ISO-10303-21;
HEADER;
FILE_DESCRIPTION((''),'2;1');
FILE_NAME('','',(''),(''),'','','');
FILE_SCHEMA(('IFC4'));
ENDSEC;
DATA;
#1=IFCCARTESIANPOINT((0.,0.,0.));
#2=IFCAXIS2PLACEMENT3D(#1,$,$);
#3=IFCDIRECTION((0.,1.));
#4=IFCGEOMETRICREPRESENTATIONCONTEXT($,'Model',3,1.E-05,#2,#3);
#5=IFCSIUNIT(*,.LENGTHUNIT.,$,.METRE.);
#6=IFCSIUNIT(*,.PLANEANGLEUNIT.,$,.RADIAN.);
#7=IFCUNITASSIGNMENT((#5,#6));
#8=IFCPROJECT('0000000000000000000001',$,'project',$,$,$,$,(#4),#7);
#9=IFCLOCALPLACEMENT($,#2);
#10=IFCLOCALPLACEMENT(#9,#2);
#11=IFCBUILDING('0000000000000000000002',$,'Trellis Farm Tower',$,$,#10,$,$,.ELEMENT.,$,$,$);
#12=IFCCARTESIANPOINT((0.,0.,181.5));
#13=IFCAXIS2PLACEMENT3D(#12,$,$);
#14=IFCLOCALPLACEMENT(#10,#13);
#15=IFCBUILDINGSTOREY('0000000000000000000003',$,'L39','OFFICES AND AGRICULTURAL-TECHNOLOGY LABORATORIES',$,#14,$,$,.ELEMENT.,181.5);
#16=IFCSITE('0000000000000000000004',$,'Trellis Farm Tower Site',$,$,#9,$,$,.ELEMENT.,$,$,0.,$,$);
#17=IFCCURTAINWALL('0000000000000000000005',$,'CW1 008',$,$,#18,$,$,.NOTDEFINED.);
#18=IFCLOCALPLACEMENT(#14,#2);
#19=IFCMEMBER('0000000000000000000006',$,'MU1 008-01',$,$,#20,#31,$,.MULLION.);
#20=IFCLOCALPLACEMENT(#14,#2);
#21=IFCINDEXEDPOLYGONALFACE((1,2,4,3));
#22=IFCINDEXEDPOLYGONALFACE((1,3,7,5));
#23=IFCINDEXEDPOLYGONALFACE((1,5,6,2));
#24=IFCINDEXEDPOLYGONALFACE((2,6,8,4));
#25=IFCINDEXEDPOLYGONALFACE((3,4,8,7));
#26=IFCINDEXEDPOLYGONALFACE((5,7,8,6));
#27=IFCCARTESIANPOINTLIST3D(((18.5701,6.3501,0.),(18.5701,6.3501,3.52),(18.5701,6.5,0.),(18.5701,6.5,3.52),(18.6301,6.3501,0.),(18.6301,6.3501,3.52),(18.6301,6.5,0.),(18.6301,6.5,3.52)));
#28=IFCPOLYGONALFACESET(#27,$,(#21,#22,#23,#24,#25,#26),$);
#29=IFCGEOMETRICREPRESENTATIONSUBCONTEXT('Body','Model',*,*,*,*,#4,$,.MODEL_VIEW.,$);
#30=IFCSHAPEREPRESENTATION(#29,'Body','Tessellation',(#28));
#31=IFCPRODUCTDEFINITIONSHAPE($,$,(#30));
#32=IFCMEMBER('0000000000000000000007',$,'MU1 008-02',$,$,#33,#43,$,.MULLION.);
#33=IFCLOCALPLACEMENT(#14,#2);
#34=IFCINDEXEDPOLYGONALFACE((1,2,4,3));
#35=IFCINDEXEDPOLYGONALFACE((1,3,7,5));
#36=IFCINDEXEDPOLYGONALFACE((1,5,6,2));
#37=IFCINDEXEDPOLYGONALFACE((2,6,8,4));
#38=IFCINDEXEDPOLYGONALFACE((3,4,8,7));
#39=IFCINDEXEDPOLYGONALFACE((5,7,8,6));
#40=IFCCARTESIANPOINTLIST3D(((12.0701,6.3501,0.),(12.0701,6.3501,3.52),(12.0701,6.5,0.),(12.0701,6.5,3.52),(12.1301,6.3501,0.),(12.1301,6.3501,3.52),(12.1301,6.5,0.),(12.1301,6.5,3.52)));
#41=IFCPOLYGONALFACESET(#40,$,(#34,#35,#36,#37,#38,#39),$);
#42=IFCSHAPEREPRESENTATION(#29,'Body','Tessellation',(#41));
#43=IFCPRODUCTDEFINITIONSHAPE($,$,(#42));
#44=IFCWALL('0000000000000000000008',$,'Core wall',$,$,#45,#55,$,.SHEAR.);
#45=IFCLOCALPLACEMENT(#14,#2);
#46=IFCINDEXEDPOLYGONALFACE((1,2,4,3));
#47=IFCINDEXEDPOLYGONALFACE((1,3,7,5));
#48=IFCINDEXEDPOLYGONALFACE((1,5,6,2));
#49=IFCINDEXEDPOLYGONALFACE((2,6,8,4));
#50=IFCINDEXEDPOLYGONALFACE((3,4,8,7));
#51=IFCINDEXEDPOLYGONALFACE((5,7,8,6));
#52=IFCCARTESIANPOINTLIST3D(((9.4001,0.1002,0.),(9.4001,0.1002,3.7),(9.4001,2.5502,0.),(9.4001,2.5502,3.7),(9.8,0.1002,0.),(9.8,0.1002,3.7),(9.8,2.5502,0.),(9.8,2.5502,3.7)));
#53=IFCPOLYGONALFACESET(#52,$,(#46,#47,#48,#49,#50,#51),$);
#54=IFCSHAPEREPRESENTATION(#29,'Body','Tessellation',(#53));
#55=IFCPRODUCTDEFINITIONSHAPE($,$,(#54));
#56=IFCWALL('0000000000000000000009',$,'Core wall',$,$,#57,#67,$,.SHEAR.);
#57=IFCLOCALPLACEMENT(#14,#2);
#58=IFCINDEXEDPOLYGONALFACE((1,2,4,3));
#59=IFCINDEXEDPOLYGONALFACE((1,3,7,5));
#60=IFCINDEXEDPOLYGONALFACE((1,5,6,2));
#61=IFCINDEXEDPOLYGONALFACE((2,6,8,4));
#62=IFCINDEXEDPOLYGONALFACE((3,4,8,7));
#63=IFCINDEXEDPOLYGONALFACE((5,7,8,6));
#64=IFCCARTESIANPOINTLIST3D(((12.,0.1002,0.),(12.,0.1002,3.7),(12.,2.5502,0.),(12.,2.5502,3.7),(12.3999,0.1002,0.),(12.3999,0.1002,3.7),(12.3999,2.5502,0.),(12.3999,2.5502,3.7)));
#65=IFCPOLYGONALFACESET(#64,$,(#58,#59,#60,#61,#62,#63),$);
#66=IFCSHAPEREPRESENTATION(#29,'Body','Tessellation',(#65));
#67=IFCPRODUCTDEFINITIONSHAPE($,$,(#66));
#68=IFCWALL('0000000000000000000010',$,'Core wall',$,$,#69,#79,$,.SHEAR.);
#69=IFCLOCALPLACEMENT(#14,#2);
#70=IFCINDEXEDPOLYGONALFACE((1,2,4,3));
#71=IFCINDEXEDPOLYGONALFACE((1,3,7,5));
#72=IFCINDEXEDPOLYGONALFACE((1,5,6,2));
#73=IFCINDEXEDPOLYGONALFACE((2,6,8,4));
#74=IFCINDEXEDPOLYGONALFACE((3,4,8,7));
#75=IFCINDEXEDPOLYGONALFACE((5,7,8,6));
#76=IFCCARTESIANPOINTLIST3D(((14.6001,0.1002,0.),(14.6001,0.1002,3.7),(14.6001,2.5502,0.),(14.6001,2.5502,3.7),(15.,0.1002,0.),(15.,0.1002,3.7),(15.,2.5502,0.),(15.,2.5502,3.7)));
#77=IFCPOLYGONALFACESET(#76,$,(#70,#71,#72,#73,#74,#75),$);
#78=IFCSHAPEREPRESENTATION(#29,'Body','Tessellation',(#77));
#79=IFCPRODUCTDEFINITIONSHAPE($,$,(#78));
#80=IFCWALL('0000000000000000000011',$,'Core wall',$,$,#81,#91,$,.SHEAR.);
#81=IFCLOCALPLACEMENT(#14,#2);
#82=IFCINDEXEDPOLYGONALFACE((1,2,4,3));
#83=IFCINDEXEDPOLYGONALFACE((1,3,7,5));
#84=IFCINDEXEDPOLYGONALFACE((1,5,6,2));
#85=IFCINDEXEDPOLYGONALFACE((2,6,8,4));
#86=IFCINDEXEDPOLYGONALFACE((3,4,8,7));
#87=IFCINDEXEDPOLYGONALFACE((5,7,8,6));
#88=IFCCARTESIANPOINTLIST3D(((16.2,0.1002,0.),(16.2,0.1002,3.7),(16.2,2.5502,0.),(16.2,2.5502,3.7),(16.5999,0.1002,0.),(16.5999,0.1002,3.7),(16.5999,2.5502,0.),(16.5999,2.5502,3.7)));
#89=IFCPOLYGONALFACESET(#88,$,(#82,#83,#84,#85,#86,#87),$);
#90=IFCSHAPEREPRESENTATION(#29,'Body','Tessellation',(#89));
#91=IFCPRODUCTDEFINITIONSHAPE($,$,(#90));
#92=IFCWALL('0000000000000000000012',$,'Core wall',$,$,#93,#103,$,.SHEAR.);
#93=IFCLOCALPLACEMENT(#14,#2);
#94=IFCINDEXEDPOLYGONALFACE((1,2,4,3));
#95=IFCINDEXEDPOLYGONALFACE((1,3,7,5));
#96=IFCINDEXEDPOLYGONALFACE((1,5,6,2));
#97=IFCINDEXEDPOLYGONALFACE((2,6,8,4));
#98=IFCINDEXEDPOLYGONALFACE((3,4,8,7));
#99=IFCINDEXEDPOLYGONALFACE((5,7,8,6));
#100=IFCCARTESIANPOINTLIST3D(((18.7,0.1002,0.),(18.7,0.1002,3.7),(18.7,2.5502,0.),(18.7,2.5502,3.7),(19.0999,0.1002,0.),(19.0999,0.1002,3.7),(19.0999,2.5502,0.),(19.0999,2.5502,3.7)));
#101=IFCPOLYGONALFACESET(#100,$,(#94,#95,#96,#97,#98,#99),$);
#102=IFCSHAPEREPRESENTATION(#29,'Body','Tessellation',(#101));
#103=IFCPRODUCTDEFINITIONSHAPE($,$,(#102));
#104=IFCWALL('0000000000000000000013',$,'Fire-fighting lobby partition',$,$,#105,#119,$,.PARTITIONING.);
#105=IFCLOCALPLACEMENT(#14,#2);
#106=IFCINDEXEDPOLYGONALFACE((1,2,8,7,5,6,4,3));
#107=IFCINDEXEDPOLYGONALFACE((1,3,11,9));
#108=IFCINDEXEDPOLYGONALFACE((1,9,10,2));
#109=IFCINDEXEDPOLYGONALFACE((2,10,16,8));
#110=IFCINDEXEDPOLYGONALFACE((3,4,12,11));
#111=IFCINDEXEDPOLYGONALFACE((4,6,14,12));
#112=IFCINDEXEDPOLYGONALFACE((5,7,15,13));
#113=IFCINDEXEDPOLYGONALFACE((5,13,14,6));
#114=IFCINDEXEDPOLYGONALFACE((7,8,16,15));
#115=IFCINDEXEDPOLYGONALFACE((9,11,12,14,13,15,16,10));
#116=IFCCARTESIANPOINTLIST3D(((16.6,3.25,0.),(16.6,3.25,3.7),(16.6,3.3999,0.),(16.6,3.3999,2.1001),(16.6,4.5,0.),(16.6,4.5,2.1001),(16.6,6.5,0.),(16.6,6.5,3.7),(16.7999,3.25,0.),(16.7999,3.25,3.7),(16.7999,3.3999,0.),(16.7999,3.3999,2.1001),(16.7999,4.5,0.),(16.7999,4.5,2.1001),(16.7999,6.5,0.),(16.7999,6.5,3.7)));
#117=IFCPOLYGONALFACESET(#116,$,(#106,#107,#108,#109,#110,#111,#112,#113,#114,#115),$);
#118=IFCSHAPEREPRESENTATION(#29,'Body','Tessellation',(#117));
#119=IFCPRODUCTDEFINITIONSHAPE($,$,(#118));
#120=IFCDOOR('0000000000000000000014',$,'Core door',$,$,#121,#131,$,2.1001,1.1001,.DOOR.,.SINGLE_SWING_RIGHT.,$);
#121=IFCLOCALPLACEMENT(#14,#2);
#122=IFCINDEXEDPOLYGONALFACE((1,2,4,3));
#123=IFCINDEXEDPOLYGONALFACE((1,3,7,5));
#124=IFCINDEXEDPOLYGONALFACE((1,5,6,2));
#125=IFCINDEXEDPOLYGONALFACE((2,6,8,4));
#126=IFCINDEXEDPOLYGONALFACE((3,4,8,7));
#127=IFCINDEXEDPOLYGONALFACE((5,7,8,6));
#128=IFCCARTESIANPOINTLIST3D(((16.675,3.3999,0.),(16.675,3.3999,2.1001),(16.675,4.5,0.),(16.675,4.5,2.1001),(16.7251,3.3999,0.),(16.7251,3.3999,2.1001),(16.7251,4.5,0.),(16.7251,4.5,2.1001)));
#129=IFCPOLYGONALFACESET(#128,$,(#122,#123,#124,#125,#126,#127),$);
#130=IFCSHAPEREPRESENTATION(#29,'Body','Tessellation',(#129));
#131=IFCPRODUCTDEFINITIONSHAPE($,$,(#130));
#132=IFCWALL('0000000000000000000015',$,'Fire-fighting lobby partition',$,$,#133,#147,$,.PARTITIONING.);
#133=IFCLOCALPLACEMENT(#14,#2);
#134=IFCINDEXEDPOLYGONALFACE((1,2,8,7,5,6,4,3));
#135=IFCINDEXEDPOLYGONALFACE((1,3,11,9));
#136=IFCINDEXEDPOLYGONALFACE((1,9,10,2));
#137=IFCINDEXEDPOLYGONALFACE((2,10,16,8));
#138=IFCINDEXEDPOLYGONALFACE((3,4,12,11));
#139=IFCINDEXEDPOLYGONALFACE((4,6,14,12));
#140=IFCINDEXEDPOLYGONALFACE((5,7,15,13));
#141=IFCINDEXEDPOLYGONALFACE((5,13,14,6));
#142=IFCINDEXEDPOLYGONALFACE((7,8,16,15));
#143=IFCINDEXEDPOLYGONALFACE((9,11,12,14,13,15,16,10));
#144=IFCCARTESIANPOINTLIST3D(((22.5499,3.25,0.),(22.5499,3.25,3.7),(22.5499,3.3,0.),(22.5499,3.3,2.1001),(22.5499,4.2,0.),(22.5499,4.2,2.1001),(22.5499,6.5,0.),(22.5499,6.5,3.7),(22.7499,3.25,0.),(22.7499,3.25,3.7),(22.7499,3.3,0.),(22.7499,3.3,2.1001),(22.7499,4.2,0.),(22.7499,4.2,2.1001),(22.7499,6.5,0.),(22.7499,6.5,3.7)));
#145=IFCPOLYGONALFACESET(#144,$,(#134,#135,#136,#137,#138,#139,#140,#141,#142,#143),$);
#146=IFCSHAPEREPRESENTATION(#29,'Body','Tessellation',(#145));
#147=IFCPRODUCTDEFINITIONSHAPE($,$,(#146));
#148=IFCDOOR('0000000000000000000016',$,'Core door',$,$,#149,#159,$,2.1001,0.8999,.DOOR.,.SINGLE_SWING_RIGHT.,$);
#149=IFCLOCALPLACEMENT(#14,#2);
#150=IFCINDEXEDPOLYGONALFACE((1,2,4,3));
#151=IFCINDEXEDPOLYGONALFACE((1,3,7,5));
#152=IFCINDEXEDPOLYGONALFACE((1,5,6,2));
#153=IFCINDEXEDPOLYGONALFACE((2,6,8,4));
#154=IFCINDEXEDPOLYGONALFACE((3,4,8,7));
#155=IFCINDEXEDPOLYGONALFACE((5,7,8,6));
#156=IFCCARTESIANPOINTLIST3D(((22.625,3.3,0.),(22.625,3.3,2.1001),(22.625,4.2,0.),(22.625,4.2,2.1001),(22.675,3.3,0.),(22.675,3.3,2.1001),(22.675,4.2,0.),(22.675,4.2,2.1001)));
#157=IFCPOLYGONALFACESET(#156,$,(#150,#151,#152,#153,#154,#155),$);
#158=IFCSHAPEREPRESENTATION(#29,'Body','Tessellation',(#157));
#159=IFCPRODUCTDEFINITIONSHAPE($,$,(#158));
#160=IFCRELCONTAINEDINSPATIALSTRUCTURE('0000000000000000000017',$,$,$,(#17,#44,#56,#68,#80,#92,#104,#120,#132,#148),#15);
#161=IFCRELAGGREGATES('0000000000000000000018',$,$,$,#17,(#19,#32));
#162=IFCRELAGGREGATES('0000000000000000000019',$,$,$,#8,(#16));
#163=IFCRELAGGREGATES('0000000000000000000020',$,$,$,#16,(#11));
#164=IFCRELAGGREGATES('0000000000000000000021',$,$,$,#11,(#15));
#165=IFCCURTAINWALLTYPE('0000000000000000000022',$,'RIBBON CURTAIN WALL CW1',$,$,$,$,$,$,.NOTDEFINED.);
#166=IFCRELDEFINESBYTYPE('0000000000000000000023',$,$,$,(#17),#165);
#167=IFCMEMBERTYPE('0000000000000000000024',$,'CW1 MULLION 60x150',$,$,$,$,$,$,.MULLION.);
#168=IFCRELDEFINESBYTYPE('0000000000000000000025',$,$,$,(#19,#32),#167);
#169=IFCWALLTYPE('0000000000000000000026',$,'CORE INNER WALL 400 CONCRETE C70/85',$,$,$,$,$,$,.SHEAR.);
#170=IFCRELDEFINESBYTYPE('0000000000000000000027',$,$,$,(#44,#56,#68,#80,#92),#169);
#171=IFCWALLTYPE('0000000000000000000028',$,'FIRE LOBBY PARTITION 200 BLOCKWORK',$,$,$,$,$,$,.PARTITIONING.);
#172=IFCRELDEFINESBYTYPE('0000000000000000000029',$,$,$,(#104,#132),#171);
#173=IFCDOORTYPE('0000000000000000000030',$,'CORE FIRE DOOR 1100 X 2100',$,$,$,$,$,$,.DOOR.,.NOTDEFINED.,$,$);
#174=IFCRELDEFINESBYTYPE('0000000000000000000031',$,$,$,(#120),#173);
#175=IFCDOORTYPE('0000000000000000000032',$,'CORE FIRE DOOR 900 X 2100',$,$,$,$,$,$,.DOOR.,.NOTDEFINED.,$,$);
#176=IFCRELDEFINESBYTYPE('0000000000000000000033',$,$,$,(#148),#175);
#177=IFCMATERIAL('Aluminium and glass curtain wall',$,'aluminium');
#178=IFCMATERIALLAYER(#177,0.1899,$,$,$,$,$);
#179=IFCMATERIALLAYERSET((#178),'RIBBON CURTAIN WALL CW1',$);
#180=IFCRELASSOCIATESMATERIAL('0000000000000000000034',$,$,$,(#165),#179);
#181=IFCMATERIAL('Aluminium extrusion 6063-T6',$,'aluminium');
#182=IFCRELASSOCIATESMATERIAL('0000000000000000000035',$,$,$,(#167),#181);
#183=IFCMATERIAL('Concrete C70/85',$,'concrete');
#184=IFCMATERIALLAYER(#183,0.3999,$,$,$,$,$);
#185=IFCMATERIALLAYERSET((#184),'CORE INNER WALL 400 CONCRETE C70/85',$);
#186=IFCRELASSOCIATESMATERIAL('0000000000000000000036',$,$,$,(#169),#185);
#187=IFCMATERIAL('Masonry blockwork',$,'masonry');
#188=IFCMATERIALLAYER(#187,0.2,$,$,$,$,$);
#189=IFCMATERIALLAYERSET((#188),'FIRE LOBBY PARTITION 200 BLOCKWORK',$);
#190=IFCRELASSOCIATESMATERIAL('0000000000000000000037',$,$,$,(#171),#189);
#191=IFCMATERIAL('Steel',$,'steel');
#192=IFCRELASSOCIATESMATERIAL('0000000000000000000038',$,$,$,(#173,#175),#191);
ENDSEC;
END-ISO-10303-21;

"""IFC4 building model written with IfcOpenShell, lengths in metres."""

from ifc_helpers import new_model, si_unit, direction, frame, frame_2d, origin, origin_2d, place, context, subcontext, project, spatial, rectangle, extrude, source, transform, mapped, material, layer, layer_set, material_profile, profile_set, type_object, element, fill, aggregate, save


model = new_model("IFC4")

# Units and contexts
model_context = context("Model", 3, precision=1e-05, world=origin(), true_north=direction((0.0, 1.0)))
body_context = subcontext(model_context, "Body", "Model", "MODEL_VIEW")
ifc_project = project(units=[si_unit("LENGTHUNIT", "METRE"), si_unit("PLANEANGLEUNIT", "RADIAN")], contexts=[model_context])

# Site, building, storey
site_placement = place(None, origin())
site = spatial("IfcSite", under=ifc_project, at=site_placement, Name="Trellis Farm Tower Site", CompositionType="ELEMENT", RefElevation=0.0)
building_placement = place(site_placement, origin())
building = spatial("IfcBuilding", under=site, at=building_placement, Name="Trellis Farm Tower", CompositionType="ELEMENT")
storey_placement = place(building_placement, frame((0.0, 0.0, 181.5)))
storey = spatial("IfcBuildingStorey", under=building, at=storey_placement, Name="L39", Description="OFFICES AND AGRICULTURAL-TECHNOLOGY LABORATORIES", CompositionType="ELEMENT", Elevation=181.5)

# Shared definitions
ifc_material_1 = material(Name="Concrete C70/85", Category="concrete")

# Curtain wall, members
ifc_material_2 = material(Name="Aluminium and glass curtain wall", Category="aluminium")
ifc_layer_1 = layer(ifc_material_2, 0.1899)
ifc_layer_set_1 = layer_set([ifc_layer_1], Name="RIBBON CURTAIN WALL CW1")
curtain_wall_type = type_object("IfcCurtainWallType", Name="RIBBON CURTAIN WALL CW1", PredefinedType="NOTDEFINED", material=ifc_layer_set_1)
placement = place(storey_placement, origin())
ifc_material_3 = material(Name="Aluminium extrusion 6063-T6", Category="aluminium")
ifc_material_profile_1 = material_profile(ifc_material_3, rectangle(XDim=0.0601, YDim=0.1499, at=origin_2d()), Name="MULLION 60x150")
ifc_profile_set_1 = profile_set([ifc_material_profile_1], Name="Aluminium extrusion 6063-T6")
member_type = type_object("IfcMemberType", Name="CW1 MULLION 60x150", PredefinedType="MULLION", material=ifc_profile_set_1)
shared_shape_1 = source(origin(), body_context, "Body", "SweptSolid", [
    extrude(rectangle(XDim=0.0601, YDim=0.1499, at=origin_2d()), origin(), (0.0, 0.0, 1.0), 3.52),
])
curtain_wall_1 = element("IfcCurtainWall", 1, at=placement, inside=storey, type_object=curtain_wall_type, Name="CW1 008", PredefinedType="NOTDEFINED")
member_1_placement = place(storey_placement, frame((18.6001, 6.425, 0.0), z_axis=(0.0, 0.0, 1.0), x_axis=(-1.0, 0.0, 0.0)))
member_1 = element("IfcMember", 2, at=member_1_placement, type_object=member_type, Name="MU1 008-01", PredefinedType="MULLION", context=body_context, shape_type="MappedRepresentation", body=[
    mapped(shared_shape_1, transform((0.0, 0.0, 0.0))),
])
member_2_placement = place(storey_placement, frame((12.1001, 6.425, 0.0), z_axis=(0.0, 0.0, 1.0), x_axis=(-1.0, 0.0, 0.0)))
member_2 = element("IfcMember", 3, at=member_2_placement, type_object=member_type, Name="MU1 008-02", PredefinedType="MULLION", context=body_context, shape_type="MappedRepresentation", body=[
    mapped(shared_shape_1, transform((0.0, 0.0, 0.0))),
])
aggregate(curtain_wall_1, [member_1, member_2])

# Walls
ifc_layer_2 = layer(ifc_material_1, 0.3999)
ifc_layer_set_2 = layer_set([ifc_layer_2], Name="CORE INNER WALL 400 CONCRETE C70/85")
wall_type_1 = type_object("IfcWallType", Name="CORE INNER WALL 400 CONCRETE C70/85", PredefinedType="SHEAR", material=ifc_layer_set_2)
shared_shape_2 = source(origin(), body_context, "Body", "SweptSolid", [
    extrude(rectangle(XDim=2.45, YDim=0.3999, at=frame_2d((1.2251, 0.0))), origin(), (0.0, 0.0, 1.0), 3.7),
])
for number, where, z_axis, x_axis, name in (
    (4, (9.6001, 0.1001, 0.0), (0.0, 0.0, 1.0), (0.0, 1.0, 0.0), "Core wall"),
    (5, (12.2, 0.1001, 0.0), (0.0, 0.0, 1.0), (0.0, 1.0, 0.0), "Core wall"),
    (6, (14.8, 0.1001, 0.0), (0.0, 0.0, 1.0), (0.0, 1.0, 0.0), "Core wall"),
    (7, (16.3999, 0.1001, 0.0), (0.0, 0.0, 1.0), (0.0, 1.0, 0.0), "Core wall"),
    (8, (18.8999, 0.1001, 0.0), (0.0, 0.0, 1.0), (0.0, 1.0, 0.0), "Core wall"),
):
    element("IfcWall", number, at=place(storey_placement, frame(where, z_axis=z_axis, x_axis=x_axis)), inside=storey, type_object=wall_type_1, Name=name, PredefinedType="SHEAR", context=body_context, shape_type="MappedRepresentation", body=[
        mapped(shared_shape_2, transform((0.0, 0.0, 0.0))),
    ])

# Walls, openings, doors
ifc_material_4 = material(Name="Masonry blockwork", Category="masonry")
ifc_layer_3 = layer(ifc_material_4, 0.2)
ifc_layer_set_3 = layer_set([ifc_layer_3], Name="FIRE LOBBY PARTITION 200 BLOCKWORK")
wall_type_2 = type_object("IfcWallType", Name="FIRE LOBBY PARTITION 200 BLOCKWORK", PredefinedType="PARTITIONING", material=ifc_layer_set_3)
shared_shape_3 = source(origin(), body_context, "Body", "SweptSolid", [
    extrude(rectangle(XDim=3.25, YDim=0.2, at=frame_2d((1.625, 0.0))), origin(), (0.0, 0.0, 1.0), 3.7),
])
wall_1_placement = place(storey_placement, frame((16.7, 3.25, 0.0), z_axis=(0.0, 0.0, 1.0), x_axis=(0.0, 1.0, 0.0)))
wall_1 = element("IfcWall", 9, at=wall_1_placement, inside=storey, type_object=wall_type_2, Name="Fire-fighting lobby partition", PredefinedType="PARTITIONING", context=body_context, shape_type="MappedRepresentation", body=[
    mapped(shared_shape_3, transform((0.0, 0.0, 0.0))),
])
shared_shape_4 = source(origin(), body_context, "Body", "SweptSolid", [
    extrude(rectangle(XDim=1.1001, YDim=2.1001, at=frame_2d((0.55, 1.05))), frame((0.0, 0.1101, 0.0), z_axis=(0.0, -1.0, 0.0), x_axis=(1.0, 0.0, 0.0)), (0.0, 0.0, 1.0), 0.2202),
])
opening_1_placement = place(wall_1_placement, frame((0.1499, 0.0, 0.0)))
opening_1 = element("IfcOpeningElement", 10, at=opening_1_placement, cuts=wall_1, PredefinedType="OPENING", context=body_context, shape_type="MappedRepresentation", body=[
    mapped(shared_shape_4, transform((0.0, 0.0, 0.0))),
])
ifc_material_5 = material(Name="Steel", Category="steel")
door_type_1 = type_object("IfcDoorType", Name="CORE FIRE DOOR 1100 X 2100", OperationType="NOTDEFINED", PredefinedType="DOOR", material=ifc_material_5)
shared_shape_5 = source(origin(), body_context, "Body", "SweptSolid", [
    extrude(rectangle(XDim=1.1001, YDim=2.1001, at=frame_2d((0.55, 1.05))), frame((0.0, 0.0249, 0.0), z_axis=(0.0, -1.0, 0.0), x_axis=(1.0, 0.0, 0.0)), (0.0, 0.0, 1.0), 0.05),
])
door_1_placement = place(opening_1_placement, origin())
door_1 = element("IfcDoor", 11, at=door_1_placement, inside=storey, type_object=door_type_1, Name="Core door", OperationType="SINGLE_SWING_RIGHT", OverallHeight=2.1001, OverallWidth=1.1001, PredefinedType="DOOR", context=body_context, shape_type="MappedRepresentation", body=[
    mapped(shared_shape_5, transform((0.0, 0.0, 0.0))),
])
fill(opening_1, door_1)
wall_2_placement = place(storey_placement, frame((22.6499, 3.25, 0.0), z_axis=(0.0, 0.0, 1.0), x_axis=(0.0, 1.0, 0.0)))
wall_2 = element("IfcWall", 12, at=wall_2_placement, inside=storey, type_object=wall_type_2, Name="Fire-fighting lobby partition", PredefinedType="PARTITIONING", context=body_context, shape_type="MappedRepresentation", body=[
    mapped(shared_shape_3, transform((0.0, 0.0, 0.0))),
])
shared_shape_6 = source(origin(), body_context, "Body", "SweptSolid", [
    extrude(rectangle(XDim=0.8999, YDim=2.1001, at=frame_2d((0.45, 1.05))), frame((0.0, 0.1101, 0.0), z_axis=(0.0, -1.0, 0.0), x_axis=(1.0, 0.0, 0.0)), (0.0, 0.0, 1.0), 0.2202),
])
opening_2_placement = place(wall_2_placement, frame((0.05, 0.0, 0.0)))
opening_2 = element("IfcOpeningElement", 13, at=opening_2_placement, cuts=wall_2, PredefinedType="OPENING", context=body_context, shape_type="MappedRepresentation", body=[
    mapped(shared_shape_6, transform((0.0, 0.0, 0.0))),
])
door_type_2 = type_object("IfcDoorType", Name="CORE FIRE DOOR 900 X 2100", OperationType="NOTDEFINED", PredefinedType="DOOR", material=ifc_material_5)
shared_shape_7 = source(origin(), body_context, "Body", "SweptSolid", [
    extrude(rectangle(XDim=0.8999, YDim=2.1001, at=frame_2d((0.45, 1.05))), frame((0.0, 0.0249, 0.0), z_axis=(0.0, -1.0, 0.0), x_axis=(1.0, 0.0, 0.0)), (0.0, 0.0, 1.0), 0.05),
])
door_2_placement = place(opening_2_placement, origin())
door_2 = element("IfcDoor", 14, at=door_2_placement, inside=storey, type_object=door_type_2, Name="Core door", OperationType="SINGLE_SWING_RIGHT", OverallHeight=2.1001, OverallWidth=0.8999, PredefinedType="DOOR", context=body_context, shape_type="MappedRepresentation", body=[
    mapped(shared_shape_7, transform((0.0, 0.0, 0.0))),
])
fill(opening_2, door_2)

save(model, "model.ifc")
